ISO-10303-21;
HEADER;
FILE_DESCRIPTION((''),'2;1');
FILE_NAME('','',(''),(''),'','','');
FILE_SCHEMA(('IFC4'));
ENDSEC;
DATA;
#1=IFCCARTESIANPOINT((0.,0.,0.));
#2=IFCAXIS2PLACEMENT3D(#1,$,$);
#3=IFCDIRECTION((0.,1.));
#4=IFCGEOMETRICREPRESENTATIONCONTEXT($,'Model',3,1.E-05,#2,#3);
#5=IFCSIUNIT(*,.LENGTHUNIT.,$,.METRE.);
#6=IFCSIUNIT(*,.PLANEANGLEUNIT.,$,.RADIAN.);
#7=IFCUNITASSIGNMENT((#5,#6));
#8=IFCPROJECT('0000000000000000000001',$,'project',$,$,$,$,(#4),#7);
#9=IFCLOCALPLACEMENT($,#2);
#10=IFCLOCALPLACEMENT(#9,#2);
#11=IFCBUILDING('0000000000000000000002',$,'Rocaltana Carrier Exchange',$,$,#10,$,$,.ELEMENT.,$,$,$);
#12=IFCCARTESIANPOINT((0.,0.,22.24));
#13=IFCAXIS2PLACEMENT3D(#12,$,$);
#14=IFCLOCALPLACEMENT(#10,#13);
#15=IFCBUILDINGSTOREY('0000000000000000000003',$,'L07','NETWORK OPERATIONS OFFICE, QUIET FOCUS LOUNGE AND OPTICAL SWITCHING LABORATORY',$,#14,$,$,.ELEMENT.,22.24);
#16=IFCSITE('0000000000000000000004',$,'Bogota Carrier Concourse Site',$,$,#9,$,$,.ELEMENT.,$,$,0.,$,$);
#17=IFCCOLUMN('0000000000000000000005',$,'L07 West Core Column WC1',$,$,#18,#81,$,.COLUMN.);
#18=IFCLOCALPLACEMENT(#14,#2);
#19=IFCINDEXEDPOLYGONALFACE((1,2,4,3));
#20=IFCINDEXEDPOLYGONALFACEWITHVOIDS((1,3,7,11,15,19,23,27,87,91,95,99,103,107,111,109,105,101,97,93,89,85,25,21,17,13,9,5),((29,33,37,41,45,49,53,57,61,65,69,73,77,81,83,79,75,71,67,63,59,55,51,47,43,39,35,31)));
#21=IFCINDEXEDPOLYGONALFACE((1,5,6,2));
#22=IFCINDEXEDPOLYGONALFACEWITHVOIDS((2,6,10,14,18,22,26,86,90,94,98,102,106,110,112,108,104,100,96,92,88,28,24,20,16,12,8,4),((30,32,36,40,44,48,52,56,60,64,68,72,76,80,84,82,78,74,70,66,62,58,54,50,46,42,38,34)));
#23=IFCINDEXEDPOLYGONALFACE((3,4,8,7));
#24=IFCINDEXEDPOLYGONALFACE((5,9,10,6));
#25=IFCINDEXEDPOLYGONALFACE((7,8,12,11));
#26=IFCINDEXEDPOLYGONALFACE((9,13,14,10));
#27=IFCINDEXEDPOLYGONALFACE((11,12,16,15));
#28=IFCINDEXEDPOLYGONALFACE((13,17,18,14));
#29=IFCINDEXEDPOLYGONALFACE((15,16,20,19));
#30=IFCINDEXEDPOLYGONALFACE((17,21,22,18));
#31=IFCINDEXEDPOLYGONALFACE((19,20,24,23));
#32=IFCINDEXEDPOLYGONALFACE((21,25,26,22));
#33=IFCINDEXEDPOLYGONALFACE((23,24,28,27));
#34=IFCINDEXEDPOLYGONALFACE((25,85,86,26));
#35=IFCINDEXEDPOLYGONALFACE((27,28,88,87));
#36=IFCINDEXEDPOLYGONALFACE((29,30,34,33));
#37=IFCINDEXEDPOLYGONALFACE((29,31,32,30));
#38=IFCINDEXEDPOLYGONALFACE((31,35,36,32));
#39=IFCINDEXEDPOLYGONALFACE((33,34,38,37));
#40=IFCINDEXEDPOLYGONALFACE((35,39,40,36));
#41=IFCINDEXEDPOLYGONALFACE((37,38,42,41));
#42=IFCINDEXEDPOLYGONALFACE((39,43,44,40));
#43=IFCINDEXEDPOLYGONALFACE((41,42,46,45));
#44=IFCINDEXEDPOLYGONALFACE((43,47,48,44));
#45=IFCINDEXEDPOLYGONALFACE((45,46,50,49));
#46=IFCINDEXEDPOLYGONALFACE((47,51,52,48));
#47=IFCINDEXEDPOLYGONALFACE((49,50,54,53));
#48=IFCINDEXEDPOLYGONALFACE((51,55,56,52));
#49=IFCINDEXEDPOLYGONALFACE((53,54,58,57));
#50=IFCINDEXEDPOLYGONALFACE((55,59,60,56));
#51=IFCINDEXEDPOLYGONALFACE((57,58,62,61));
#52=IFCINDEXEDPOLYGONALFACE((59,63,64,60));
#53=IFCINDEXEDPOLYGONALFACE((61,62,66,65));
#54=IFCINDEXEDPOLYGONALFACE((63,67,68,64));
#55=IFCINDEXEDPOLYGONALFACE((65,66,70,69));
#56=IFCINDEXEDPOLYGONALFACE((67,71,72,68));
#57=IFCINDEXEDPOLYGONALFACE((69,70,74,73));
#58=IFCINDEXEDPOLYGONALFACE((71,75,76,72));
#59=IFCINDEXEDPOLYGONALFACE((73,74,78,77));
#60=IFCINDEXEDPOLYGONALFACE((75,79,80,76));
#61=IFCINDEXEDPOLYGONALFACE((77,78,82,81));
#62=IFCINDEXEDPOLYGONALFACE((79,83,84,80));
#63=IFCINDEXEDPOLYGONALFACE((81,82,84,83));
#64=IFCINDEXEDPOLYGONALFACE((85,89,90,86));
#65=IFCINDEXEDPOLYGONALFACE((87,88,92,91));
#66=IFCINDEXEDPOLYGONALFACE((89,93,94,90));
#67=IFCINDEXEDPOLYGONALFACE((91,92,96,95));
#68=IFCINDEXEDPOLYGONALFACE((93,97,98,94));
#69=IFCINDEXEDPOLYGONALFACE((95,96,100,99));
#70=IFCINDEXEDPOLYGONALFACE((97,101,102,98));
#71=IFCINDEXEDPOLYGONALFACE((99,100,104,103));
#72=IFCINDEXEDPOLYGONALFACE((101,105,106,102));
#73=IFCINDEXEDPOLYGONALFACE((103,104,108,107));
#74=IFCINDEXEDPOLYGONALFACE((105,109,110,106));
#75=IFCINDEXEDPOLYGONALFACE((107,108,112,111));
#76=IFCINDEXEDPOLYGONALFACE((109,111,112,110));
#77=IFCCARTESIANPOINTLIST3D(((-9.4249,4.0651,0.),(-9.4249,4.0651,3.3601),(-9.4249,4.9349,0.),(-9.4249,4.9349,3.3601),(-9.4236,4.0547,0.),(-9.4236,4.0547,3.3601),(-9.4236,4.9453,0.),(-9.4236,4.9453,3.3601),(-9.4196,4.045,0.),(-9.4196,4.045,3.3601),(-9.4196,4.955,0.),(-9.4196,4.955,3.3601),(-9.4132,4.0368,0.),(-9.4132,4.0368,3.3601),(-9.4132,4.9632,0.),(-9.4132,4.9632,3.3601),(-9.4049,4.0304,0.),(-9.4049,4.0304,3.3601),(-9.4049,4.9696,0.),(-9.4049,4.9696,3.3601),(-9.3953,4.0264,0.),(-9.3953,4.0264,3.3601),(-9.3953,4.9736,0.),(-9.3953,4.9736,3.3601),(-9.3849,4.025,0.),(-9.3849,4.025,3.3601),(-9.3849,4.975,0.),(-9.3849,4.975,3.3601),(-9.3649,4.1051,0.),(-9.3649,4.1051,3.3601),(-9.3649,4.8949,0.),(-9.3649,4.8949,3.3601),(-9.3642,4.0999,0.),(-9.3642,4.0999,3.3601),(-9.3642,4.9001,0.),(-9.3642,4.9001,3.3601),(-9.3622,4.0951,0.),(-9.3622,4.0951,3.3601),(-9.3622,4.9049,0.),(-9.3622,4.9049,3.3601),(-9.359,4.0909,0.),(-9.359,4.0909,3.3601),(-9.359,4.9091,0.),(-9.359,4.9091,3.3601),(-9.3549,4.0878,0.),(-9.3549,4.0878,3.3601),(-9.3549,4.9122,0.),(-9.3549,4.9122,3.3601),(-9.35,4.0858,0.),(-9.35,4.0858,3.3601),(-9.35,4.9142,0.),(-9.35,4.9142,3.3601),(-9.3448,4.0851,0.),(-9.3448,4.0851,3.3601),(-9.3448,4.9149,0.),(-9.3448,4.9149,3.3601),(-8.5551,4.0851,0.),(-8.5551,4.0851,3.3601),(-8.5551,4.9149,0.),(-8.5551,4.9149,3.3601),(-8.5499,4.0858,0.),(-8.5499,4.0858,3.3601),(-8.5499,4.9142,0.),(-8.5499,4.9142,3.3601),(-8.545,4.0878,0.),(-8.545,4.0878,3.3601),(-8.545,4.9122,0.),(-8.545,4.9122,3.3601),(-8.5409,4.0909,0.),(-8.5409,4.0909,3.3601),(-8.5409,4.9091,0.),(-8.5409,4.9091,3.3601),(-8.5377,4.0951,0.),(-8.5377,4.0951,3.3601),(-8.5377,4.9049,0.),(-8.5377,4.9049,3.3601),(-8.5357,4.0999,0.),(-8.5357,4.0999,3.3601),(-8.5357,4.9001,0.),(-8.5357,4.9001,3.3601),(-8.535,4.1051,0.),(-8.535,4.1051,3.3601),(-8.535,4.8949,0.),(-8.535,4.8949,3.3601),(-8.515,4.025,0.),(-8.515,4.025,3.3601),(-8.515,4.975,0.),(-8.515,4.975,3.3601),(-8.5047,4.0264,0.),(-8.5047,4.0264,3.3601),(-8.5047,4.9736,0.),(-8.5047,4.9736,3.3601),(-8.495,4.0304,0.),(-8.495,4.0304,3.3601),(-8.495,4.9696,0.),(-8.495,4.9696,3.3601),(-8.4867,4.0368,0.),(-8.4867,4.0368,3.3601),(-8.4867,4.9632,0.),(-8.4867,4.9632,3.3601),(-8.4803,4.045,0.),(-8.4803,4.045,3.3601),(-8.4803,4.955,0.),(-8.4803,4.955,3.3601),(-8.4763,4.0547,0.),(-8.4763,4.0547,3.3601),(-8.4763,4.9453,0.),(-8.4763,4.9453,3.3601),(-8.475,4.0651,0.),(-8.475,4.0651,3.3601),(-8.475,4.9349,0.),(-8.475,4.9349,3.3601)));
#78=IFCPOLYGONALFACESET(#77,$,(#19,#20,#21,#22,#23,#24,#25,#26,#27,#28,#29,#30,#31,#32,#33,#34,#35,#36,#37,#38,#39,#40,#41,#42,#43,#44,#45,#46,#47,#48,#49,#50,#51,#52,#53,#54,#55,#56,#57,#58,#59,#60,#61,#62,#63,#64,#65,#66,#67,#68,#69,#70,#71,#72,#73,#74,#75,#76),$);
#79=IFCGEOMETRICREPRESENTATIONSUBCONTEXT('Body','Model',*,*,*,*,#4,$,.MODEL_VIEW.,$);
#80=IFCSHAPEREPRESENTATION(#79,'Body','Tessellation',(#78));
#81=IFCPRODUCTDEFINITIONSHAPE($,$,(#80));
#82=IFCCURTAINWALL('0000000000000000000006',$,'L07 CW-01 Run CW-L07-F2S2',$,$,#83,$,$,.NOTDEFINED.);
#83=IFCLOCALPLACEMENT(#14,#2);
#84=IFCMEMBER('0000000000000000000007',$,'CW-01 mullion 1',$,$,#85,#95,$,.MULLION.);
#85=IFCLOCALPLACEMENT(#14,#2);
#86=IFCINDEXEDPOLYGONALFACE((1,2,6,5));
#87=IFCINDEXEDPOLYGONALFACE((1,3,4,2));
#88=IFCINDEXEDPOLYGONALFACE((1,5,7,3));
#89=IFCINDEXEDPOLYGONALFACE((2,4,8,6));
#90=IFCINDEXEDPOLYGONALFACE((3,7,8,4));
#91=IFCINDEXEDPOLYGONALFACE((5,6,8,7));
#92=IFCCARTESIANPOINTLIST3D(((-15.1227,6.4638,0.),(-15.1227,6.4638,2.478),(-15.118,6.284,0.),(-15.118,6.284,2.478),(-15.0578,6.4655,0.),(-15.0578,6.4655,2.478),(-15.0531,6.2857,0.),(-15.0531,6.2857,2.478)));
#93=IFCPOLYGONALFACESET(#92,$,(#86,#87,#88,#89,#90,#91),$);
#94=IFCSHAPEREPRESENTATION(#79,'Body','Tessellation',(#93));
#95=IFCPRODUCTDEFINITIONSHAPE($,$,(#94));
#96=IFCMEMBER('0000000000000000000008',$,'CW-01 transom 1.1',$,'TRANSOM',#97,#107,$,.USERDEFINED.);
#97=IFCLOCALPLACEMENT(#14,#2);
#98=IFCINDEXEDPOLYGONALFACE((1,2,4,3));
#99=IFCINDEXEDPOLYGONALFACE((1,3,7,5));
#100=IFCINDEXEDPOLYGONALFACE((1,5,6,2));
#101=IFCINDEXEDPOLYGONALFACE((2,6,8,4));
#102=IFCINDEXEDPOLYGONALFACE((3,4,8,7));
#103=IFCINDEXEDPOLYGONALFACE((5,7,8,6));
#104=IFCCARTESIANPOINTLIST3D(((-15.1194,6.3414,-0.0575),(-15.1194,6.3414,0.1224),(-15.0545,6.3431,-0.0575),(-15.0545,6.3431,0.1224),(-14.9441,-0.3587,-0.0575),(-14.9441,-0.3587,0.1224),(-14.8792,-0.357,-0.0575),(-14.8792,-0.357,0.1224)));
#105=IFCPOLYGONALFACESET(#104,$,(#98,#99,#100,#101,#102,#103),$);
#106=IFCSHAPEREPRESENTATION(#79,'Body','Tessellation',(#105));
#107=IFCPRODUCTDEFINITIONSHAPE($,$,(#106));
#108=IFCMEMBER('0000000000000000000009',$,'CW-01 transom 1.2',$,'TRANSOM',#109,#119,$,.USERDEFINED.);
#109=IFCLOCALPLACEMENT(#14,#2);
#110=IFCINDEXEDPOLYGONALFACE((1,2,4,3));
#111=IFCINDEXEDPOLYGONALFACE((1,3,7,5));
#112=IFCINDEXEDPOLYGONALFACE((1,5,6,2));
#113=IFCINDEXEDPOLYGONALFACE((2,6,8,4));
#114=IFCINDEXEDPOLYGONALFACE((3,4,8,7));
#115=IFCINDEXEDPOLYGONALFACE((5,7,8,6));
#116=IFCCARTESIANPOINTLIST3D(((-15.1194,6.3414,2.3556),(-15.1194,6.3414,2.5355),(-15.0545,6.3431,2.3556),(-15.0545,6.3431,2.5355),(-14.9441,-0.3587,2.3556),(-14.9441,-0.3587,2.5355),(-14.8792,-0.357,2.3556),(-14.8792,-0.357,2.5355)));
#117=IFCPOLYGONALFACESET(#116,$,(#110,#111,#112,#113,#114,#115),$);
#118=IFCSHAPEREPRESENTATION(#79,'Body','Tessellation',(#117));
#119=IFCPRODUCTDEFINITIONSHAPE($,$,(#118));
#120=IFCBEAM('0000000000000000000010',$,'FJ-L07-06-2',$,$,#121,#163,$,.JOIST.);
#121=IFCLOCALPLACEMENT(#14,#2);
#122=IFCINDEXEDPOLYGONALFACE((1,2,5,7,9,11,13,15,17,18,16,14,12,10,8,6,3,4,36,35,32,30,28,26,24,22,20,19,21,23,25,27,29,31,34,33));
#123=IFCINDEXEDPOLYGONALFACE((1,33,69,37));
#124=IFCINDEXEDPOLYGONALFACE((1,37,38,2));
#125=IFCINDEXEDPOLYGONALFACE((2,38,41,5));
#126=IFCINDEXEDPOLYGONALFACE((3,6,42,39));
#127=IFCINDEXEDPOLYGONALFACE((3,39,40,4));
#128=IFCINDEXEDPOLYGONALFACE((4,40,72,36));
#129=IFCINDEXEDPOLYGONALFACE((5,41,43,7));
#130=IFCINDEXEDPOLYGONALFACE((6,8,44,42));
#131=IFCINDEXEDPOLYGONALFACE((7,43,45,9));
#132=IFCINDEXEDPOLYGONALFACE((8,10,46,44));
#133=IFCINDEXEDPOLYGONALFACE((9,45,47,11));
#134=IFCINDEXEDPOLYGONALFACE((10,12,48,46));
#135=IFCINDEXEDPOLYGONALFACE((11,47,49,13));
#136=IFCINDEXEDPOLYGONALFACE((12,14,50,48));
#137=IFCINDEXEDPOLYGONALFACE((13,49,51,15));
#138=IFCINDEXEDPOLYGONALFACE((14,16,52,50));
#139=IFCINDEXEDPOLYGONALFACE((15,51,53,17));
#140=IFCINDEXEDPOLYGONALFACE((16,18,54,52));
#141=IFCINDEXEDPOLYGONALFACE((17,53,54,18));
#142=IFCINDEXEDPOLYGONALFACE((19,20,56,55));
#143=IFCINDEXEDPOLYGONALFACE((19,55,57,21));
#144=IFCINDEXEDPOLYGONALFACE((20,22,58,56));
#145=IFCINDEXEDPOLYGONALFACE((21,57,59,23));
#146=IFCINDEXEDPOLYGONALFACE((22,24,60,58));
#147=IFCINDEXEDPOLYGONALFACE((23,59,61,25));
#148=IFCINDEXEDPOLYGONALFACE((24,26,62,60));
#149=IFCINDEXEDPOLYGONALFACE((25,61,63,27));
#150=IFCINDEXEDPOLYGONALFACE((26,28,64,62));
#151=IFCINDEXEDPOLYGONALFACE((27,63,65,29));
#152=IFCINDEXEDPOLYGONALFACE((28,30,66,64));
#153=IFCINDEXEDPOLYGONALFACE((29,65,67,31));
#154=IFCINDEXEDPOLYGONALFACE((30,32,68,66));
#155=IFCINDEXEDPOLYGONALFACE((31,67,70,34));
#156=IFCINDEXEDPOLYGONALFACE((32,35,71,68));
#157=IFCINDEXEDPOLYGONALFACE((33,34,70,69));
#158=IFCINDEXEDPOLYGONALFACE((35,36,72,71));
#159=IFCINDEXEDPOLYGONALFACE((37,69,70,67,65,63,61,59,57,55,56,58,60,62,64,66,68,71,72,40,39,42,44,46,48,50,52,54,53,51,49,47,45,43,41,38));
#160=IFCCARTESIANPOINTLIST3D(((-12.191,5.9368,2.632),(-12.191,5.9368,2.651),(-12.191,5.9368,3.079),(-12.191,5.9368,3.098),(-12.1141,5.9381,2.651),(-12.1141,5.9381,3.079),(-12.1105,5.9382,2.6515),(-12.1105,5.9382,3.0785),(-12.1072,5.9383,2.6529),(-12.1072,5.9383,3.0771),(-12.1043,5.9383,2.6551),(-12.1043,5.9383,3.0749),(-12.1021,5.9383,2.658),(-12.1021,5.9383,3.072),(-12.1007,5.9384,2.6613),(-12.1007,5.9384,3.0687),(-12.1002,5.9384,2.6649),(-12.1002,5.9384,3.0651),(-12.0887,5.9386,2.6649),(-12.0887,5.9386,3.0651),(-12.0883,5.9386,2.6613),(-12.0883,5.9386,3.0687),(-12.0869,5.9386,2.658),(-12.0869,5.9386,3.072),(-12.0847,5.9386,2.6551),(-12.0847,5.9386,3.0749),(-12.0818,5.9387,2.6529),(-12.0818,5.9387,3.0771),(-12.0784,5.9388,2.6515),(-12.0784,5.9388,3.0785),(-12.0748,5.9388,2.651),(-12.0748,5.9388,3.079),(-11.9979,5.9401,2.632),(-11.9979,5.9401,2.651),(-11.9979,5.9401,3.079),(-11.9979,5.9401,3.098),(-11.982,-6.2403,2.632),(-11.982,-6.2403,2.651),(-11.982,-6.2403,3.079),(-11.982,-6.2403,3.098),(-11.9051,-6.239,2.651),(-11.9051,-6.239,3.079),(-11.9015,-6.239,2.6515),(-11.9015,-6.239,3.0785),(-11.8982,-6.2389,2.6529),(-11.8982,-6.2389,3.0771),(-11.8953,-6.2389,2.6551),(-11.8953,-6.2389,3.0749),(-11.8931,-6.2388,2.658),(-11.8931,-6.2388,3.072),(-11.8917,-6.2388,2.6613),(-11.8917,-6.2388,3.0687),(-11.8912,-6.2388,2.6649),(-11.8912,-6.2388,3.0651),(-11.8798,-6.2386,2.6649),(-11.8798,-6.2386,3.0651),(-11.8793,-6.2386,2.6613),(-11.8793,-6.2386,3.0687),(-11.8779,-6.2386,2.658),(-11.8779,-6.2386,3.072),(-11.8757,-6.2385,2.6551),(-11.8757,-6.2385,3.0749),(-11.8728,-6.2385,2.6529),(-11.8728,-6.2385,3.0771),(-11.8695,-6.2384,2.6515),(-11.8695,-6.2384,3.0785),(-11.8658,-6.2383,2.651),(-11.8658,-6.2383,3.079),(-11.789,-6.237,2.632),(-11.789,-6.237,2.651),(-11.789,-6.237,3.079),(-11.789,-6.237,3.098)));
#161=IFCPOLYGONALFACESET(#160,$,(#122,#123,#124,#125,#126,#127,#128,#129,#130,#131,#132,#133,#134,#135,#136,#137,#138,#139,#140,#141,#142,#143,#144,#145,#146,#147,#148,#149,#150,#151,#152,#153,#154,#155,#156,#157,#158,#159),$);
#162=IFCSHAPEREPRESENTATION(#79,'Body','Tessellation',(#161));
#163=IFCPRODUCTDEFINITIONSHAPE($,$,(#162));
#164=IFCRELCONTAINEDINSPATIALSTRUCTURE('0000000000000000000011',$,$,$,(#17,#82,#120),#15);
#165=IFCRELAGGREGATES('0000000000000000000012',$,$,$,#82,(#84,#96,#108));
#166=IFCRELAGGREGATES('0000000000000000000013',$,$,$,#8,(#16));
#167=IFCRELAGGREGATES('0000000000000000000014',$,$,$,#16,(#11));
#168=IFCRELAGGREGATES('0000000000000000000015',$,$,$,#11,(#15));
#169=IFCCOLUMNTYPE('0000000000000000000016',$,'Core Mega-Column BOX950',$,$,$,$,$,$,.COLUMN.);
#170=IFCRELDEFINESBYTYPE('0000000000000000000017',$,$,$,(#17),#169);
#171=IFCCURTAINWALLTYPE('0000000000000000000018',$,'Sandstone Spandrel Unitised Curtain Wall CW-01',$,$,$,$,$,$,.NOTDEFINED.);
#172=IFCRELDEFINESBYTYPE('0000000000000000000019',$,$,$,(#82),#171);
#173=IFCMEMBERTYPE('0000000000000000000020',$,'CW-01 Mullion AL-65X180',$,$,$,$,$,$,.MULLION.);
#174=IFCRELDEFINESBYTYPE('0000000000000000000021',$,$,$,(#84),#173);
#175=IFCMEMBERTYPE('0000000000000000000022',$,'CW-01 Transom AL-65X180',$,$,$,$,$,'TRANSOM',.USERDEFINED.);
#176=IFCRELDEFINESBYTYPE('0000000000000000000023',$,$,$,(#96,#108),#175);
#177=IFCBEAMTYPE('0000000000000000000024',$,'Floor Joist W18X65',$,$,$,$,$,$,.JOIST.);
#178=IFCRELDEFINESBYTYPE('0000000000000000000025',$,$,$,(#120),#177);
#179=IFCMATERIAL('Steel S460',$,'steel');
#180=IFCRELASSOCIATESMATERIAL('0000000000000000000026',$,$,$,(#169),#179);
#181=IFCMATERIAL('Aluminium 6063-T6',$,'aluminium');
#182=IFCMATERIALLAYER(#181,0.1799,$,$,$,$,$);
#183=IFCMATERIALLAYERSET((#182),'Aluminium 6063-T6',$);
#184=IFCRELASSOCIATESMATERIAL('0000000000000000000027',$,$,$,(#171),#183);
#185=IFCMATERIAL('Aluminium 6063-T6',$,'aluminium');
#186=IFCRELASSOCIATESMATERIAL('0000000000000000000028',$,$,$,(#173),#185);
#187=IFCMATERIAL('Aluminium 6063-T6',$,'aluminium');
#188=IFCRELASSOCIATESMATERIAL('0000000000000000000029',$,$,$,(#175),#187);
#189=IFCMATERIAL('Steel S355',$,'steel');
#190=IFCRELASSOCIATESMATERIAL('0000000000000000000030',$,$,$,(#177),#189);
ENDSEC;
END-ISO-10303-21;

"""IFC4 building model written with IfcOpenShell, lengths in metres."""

from ifc_helpers import new_model, si_unit, direction, frame, origin, origin_2d, place, context, subcontext, project, spatial, rectangle, hollow_rectangle, i_section, extrude, material, layer, layer_set, material_profile, profile_set, type_object, element, aggregate, save


model = new_model("IFC4")

# Units and contexts
model_context = context("Model", 3, precision=1e-05, world=origin(), true_north=direction((0.0, 1.0)))
body_context = subcontext(model_context, "Body", "Model", "MODEL_VIEW")
ifc_project = project(units=[si_unit("LENGTHUNIT", "METRE"), si_unit("PLANEANGLEUNIT", "RADIAN")], contexts=[model_context])

# Site, building, storey
site_placement = place(None, origin())
site = spatial("IfcSite", under=ifc_project, at=site_placement, Name="Bogota Carrier Concourse Site", CompositionType="ELEMENT", RefElevation=0.0)
building_placement = place(site_placement, origin())
building = spatial("IfcBuilding", under=site, at=building_placement, Name="Rocaltana Carrier Exchange", CompositionType="ELEMENT")
storey_placement = place(building_placement, frame((0.0, 0.0, 22.24)))
storey = spatial("IfcBuildingStorey", under=building, at=storey_placement, Name="L07", Description="NETWORK OPERATIONS OFFICE, QUIET FOCUS LOUNGE AND OPTICAL SWITCHING LABORATORY", CompositionType="ELEMENT", Elevation=22.24)

# Column
ifc_material_1 = material(Name="Steel S460", Category="steel")
ifc_material_profile_1 = material_profile(ifc_material_1, hollow_rectangle(XDim=0.95, YDim=0.95, WallThickness=0.0601, InnerFilletRadius=0.02, OuterFilletRadius=0.04, at=origin_2d()), Name="BOX950X950X60")
ifc_profile_set_1 = profile_set([ifc_material_profile_1], Name="Steel S460")
column_type = type_object("IfcColumnType", Name="Core Mega-Column BOX950", PredefinedType="COLUMN", material=ifc_profile_set_1)
column_placement = place(storey_placement, frame((-8.95, 4.5, 0.0), z_axis=(0.0, 0.0, 1.0), x_axis=(1.0, 0.0, 0.0)))
element("IfcColumn", 1, at=column_placement, inside=storey, type_object=column_type, Name="L07 West Core Column WC1", PredefinedType="COLUMN", context=body_context, shape_type="SweptSolid", body=[
    extrude(hollow_rectangle(XDim=0.95, YDim=0.95, WallThickness=0.0601, InnerFilletRadius=0.02, OuterFilletRadius=0.04, at=origin_2d()), origin(), (0.0, 0.0, 1.0), 3.3601),
])

# Curtain wall, members
ifc_material_2 = material(Name="Aluminium 6063-T6", Category="aluminium")
ifc_layer_1 = layer(ifc_material_2, 0.1799)
ifc_layer_set_1 = layer_set([ifc_layer_1], Name="Aluminium 6063-T6")
curtain_wall_type = type_object("IfcCurtainWallType", Name="Sandstone Spandrel Unitised Curtain Wall CW-01", PredefinedType="NOTDEFINED", material=ifc_layer_set_1)
curtain_wall_placement = place(storey_placement, origin())
curtain_wall = element("IfcCurtainWall", 2, at=curtain_wall_placement, inside=storey, type_object=curtain_wall_type, Name="L07 CW-01 Run CW-L07-F2S2", PredefinedType="NOTDEFINED")
ifc_material_3 = material(Name="Aluminium 6063-T6", Category="aluminium")
ifc_material_profile_2 = material_profile(ifc_material_3, rectangle(XDim=0.0649, YDim=0.1799, at=origin_2d()), Name="AL-65X180")
ifc_profile_set_2 = profile_set([ifc_material_profile_2], Name="Aluminium 6063-T6")
member_type_1 = type_object("IfcMemberType", Name="CW-01 Mullion AL-65X180", PredefinedType="MULLION", material=ifc_profile_set_2)
member_1_placement = place(storey_placement, frame((-15.0879, 6.3748, 0.0), z_axis=(0.0, 0.0, 1.0), x_axis=(0.999657, 0.026177, 0.0)))
member_1 = element("IfcMember", 3, at=member_1_placement, type_object=member_type_1, Name="CW-01 mullion 1", PredefinedType="MULLION", context=body_context, shape_type="SweptSolid", body=[
    extrude(rectangle(XDim=0.0649, YDim=0.1799, at=origin_2d()), origin(), (0.0, 0.0, 1.0), 2.478),
])
ifc_material_4 = material(Name="Aluminium 6063-T6", Category="aluminium")
ifc_material_profile_3 = material_profile(ifc_material_4, rectangle(XDim=0.0649, YDim=0.1799, at=origin_2d()), Name="AL-65X180")
ifc_profile_set_3 = profile_set([ifc_material_profile_3], Name="Aluminium 6063-T6")
member_type_2 = type_object("IfcMemberType", Name="CW-01 Transom AL-65X180", ElementType="TRANSOM", PredefinedType="USERDEFINED", material=ifc_profile_set_3)
member_2_placement = place(storey_placement, frame((-15.0869, 6.3423, 0.0325), z_axis=(0.026153, -0.999658, 0.0), x_axis=(0.999658, 0.026153, 0.0)))
member_2 = element("IfcMember", 4, at=member_2_placement, type_object=member_type_2, Name="CW-01 transom 1.1", ObjectType="TRANSOM", PredefinedType="USERDEFINED", context=body_context, shape_type="SweptSolid", body=[
    extrude(rectangle(XDim=0.0649, YDim=0.1799, at=origin_2d()), origin(), (0.0, 0.0, 1.0), 6.7024),
])
member_3_placement = place(storey_placement, frame((-15.0869, 6.3423, 2.4456), z_axis=(0.026153, -0.999658, 0.0), x_axis=(0.999658, 0.026153, 0.0)))
member_3 = element("IfcMember", 5, at=member_3_placement, type_object=member_type_2, Name="CW-01 transom 1.2", ObjectType="TRANSOM", PredefinedType="USERDEFINED", context=body_context, shape_type="SweptSolid", body=[
    extrude(rectangle(XDim=0.0649, YDim=0.1799, at=origin_2d()), origin(), (0.0, 0.0, 1.0), 6.7024),
])

# Beam
ifc_material_5 = material(Name="Steel S355", Category="steel")
ifc_material_profile_4 = material_profile(ifc_material_5, i_section(OverallWidth=0.1931, OverallDepth=0.4661, WebThickness=0.0115, FlangeThickness=0.019, FilletRadius=0.0139, at=origin_2d()), Name="W18X65")
ifc_profile_set_4 = profile_set([ifc_material_profile_4], Name="Steel S355")
beam_type_1 = type_object("IfcBeamType", Name="Floor Joist W18X65", PredefinedType="JOIST", material=ifc_profile_set_4)
beam_1_placement = place(storey_placement, frame((-12.0945, 5.9385, 2.865), z_axis=(0.017159, -0.999853, 0.0), x_axis=(0.999853, 0.017159, 0.0)))
element("IfcBeam", 6, at=beam_1_placement, inside=storey, type_object=beam_type_1, Name="FJ-L07-06-2", PredefinedType="JOIST", context=body_context, shape_type="SweptSolid", body=[
    extrude(i_section(OverallWidth=0.1931, OverallDepth=0.4661, WebThickness=0.0115, FlangeThickness=0.019, FilletRadius=0.0139, at=origin_2d()), origin(), (0.0, 0.0, 1.0), 12.179),
])

aggregate(curtain_wall, [member_1, member_2, member_3])

save(model, "model.ifc")
